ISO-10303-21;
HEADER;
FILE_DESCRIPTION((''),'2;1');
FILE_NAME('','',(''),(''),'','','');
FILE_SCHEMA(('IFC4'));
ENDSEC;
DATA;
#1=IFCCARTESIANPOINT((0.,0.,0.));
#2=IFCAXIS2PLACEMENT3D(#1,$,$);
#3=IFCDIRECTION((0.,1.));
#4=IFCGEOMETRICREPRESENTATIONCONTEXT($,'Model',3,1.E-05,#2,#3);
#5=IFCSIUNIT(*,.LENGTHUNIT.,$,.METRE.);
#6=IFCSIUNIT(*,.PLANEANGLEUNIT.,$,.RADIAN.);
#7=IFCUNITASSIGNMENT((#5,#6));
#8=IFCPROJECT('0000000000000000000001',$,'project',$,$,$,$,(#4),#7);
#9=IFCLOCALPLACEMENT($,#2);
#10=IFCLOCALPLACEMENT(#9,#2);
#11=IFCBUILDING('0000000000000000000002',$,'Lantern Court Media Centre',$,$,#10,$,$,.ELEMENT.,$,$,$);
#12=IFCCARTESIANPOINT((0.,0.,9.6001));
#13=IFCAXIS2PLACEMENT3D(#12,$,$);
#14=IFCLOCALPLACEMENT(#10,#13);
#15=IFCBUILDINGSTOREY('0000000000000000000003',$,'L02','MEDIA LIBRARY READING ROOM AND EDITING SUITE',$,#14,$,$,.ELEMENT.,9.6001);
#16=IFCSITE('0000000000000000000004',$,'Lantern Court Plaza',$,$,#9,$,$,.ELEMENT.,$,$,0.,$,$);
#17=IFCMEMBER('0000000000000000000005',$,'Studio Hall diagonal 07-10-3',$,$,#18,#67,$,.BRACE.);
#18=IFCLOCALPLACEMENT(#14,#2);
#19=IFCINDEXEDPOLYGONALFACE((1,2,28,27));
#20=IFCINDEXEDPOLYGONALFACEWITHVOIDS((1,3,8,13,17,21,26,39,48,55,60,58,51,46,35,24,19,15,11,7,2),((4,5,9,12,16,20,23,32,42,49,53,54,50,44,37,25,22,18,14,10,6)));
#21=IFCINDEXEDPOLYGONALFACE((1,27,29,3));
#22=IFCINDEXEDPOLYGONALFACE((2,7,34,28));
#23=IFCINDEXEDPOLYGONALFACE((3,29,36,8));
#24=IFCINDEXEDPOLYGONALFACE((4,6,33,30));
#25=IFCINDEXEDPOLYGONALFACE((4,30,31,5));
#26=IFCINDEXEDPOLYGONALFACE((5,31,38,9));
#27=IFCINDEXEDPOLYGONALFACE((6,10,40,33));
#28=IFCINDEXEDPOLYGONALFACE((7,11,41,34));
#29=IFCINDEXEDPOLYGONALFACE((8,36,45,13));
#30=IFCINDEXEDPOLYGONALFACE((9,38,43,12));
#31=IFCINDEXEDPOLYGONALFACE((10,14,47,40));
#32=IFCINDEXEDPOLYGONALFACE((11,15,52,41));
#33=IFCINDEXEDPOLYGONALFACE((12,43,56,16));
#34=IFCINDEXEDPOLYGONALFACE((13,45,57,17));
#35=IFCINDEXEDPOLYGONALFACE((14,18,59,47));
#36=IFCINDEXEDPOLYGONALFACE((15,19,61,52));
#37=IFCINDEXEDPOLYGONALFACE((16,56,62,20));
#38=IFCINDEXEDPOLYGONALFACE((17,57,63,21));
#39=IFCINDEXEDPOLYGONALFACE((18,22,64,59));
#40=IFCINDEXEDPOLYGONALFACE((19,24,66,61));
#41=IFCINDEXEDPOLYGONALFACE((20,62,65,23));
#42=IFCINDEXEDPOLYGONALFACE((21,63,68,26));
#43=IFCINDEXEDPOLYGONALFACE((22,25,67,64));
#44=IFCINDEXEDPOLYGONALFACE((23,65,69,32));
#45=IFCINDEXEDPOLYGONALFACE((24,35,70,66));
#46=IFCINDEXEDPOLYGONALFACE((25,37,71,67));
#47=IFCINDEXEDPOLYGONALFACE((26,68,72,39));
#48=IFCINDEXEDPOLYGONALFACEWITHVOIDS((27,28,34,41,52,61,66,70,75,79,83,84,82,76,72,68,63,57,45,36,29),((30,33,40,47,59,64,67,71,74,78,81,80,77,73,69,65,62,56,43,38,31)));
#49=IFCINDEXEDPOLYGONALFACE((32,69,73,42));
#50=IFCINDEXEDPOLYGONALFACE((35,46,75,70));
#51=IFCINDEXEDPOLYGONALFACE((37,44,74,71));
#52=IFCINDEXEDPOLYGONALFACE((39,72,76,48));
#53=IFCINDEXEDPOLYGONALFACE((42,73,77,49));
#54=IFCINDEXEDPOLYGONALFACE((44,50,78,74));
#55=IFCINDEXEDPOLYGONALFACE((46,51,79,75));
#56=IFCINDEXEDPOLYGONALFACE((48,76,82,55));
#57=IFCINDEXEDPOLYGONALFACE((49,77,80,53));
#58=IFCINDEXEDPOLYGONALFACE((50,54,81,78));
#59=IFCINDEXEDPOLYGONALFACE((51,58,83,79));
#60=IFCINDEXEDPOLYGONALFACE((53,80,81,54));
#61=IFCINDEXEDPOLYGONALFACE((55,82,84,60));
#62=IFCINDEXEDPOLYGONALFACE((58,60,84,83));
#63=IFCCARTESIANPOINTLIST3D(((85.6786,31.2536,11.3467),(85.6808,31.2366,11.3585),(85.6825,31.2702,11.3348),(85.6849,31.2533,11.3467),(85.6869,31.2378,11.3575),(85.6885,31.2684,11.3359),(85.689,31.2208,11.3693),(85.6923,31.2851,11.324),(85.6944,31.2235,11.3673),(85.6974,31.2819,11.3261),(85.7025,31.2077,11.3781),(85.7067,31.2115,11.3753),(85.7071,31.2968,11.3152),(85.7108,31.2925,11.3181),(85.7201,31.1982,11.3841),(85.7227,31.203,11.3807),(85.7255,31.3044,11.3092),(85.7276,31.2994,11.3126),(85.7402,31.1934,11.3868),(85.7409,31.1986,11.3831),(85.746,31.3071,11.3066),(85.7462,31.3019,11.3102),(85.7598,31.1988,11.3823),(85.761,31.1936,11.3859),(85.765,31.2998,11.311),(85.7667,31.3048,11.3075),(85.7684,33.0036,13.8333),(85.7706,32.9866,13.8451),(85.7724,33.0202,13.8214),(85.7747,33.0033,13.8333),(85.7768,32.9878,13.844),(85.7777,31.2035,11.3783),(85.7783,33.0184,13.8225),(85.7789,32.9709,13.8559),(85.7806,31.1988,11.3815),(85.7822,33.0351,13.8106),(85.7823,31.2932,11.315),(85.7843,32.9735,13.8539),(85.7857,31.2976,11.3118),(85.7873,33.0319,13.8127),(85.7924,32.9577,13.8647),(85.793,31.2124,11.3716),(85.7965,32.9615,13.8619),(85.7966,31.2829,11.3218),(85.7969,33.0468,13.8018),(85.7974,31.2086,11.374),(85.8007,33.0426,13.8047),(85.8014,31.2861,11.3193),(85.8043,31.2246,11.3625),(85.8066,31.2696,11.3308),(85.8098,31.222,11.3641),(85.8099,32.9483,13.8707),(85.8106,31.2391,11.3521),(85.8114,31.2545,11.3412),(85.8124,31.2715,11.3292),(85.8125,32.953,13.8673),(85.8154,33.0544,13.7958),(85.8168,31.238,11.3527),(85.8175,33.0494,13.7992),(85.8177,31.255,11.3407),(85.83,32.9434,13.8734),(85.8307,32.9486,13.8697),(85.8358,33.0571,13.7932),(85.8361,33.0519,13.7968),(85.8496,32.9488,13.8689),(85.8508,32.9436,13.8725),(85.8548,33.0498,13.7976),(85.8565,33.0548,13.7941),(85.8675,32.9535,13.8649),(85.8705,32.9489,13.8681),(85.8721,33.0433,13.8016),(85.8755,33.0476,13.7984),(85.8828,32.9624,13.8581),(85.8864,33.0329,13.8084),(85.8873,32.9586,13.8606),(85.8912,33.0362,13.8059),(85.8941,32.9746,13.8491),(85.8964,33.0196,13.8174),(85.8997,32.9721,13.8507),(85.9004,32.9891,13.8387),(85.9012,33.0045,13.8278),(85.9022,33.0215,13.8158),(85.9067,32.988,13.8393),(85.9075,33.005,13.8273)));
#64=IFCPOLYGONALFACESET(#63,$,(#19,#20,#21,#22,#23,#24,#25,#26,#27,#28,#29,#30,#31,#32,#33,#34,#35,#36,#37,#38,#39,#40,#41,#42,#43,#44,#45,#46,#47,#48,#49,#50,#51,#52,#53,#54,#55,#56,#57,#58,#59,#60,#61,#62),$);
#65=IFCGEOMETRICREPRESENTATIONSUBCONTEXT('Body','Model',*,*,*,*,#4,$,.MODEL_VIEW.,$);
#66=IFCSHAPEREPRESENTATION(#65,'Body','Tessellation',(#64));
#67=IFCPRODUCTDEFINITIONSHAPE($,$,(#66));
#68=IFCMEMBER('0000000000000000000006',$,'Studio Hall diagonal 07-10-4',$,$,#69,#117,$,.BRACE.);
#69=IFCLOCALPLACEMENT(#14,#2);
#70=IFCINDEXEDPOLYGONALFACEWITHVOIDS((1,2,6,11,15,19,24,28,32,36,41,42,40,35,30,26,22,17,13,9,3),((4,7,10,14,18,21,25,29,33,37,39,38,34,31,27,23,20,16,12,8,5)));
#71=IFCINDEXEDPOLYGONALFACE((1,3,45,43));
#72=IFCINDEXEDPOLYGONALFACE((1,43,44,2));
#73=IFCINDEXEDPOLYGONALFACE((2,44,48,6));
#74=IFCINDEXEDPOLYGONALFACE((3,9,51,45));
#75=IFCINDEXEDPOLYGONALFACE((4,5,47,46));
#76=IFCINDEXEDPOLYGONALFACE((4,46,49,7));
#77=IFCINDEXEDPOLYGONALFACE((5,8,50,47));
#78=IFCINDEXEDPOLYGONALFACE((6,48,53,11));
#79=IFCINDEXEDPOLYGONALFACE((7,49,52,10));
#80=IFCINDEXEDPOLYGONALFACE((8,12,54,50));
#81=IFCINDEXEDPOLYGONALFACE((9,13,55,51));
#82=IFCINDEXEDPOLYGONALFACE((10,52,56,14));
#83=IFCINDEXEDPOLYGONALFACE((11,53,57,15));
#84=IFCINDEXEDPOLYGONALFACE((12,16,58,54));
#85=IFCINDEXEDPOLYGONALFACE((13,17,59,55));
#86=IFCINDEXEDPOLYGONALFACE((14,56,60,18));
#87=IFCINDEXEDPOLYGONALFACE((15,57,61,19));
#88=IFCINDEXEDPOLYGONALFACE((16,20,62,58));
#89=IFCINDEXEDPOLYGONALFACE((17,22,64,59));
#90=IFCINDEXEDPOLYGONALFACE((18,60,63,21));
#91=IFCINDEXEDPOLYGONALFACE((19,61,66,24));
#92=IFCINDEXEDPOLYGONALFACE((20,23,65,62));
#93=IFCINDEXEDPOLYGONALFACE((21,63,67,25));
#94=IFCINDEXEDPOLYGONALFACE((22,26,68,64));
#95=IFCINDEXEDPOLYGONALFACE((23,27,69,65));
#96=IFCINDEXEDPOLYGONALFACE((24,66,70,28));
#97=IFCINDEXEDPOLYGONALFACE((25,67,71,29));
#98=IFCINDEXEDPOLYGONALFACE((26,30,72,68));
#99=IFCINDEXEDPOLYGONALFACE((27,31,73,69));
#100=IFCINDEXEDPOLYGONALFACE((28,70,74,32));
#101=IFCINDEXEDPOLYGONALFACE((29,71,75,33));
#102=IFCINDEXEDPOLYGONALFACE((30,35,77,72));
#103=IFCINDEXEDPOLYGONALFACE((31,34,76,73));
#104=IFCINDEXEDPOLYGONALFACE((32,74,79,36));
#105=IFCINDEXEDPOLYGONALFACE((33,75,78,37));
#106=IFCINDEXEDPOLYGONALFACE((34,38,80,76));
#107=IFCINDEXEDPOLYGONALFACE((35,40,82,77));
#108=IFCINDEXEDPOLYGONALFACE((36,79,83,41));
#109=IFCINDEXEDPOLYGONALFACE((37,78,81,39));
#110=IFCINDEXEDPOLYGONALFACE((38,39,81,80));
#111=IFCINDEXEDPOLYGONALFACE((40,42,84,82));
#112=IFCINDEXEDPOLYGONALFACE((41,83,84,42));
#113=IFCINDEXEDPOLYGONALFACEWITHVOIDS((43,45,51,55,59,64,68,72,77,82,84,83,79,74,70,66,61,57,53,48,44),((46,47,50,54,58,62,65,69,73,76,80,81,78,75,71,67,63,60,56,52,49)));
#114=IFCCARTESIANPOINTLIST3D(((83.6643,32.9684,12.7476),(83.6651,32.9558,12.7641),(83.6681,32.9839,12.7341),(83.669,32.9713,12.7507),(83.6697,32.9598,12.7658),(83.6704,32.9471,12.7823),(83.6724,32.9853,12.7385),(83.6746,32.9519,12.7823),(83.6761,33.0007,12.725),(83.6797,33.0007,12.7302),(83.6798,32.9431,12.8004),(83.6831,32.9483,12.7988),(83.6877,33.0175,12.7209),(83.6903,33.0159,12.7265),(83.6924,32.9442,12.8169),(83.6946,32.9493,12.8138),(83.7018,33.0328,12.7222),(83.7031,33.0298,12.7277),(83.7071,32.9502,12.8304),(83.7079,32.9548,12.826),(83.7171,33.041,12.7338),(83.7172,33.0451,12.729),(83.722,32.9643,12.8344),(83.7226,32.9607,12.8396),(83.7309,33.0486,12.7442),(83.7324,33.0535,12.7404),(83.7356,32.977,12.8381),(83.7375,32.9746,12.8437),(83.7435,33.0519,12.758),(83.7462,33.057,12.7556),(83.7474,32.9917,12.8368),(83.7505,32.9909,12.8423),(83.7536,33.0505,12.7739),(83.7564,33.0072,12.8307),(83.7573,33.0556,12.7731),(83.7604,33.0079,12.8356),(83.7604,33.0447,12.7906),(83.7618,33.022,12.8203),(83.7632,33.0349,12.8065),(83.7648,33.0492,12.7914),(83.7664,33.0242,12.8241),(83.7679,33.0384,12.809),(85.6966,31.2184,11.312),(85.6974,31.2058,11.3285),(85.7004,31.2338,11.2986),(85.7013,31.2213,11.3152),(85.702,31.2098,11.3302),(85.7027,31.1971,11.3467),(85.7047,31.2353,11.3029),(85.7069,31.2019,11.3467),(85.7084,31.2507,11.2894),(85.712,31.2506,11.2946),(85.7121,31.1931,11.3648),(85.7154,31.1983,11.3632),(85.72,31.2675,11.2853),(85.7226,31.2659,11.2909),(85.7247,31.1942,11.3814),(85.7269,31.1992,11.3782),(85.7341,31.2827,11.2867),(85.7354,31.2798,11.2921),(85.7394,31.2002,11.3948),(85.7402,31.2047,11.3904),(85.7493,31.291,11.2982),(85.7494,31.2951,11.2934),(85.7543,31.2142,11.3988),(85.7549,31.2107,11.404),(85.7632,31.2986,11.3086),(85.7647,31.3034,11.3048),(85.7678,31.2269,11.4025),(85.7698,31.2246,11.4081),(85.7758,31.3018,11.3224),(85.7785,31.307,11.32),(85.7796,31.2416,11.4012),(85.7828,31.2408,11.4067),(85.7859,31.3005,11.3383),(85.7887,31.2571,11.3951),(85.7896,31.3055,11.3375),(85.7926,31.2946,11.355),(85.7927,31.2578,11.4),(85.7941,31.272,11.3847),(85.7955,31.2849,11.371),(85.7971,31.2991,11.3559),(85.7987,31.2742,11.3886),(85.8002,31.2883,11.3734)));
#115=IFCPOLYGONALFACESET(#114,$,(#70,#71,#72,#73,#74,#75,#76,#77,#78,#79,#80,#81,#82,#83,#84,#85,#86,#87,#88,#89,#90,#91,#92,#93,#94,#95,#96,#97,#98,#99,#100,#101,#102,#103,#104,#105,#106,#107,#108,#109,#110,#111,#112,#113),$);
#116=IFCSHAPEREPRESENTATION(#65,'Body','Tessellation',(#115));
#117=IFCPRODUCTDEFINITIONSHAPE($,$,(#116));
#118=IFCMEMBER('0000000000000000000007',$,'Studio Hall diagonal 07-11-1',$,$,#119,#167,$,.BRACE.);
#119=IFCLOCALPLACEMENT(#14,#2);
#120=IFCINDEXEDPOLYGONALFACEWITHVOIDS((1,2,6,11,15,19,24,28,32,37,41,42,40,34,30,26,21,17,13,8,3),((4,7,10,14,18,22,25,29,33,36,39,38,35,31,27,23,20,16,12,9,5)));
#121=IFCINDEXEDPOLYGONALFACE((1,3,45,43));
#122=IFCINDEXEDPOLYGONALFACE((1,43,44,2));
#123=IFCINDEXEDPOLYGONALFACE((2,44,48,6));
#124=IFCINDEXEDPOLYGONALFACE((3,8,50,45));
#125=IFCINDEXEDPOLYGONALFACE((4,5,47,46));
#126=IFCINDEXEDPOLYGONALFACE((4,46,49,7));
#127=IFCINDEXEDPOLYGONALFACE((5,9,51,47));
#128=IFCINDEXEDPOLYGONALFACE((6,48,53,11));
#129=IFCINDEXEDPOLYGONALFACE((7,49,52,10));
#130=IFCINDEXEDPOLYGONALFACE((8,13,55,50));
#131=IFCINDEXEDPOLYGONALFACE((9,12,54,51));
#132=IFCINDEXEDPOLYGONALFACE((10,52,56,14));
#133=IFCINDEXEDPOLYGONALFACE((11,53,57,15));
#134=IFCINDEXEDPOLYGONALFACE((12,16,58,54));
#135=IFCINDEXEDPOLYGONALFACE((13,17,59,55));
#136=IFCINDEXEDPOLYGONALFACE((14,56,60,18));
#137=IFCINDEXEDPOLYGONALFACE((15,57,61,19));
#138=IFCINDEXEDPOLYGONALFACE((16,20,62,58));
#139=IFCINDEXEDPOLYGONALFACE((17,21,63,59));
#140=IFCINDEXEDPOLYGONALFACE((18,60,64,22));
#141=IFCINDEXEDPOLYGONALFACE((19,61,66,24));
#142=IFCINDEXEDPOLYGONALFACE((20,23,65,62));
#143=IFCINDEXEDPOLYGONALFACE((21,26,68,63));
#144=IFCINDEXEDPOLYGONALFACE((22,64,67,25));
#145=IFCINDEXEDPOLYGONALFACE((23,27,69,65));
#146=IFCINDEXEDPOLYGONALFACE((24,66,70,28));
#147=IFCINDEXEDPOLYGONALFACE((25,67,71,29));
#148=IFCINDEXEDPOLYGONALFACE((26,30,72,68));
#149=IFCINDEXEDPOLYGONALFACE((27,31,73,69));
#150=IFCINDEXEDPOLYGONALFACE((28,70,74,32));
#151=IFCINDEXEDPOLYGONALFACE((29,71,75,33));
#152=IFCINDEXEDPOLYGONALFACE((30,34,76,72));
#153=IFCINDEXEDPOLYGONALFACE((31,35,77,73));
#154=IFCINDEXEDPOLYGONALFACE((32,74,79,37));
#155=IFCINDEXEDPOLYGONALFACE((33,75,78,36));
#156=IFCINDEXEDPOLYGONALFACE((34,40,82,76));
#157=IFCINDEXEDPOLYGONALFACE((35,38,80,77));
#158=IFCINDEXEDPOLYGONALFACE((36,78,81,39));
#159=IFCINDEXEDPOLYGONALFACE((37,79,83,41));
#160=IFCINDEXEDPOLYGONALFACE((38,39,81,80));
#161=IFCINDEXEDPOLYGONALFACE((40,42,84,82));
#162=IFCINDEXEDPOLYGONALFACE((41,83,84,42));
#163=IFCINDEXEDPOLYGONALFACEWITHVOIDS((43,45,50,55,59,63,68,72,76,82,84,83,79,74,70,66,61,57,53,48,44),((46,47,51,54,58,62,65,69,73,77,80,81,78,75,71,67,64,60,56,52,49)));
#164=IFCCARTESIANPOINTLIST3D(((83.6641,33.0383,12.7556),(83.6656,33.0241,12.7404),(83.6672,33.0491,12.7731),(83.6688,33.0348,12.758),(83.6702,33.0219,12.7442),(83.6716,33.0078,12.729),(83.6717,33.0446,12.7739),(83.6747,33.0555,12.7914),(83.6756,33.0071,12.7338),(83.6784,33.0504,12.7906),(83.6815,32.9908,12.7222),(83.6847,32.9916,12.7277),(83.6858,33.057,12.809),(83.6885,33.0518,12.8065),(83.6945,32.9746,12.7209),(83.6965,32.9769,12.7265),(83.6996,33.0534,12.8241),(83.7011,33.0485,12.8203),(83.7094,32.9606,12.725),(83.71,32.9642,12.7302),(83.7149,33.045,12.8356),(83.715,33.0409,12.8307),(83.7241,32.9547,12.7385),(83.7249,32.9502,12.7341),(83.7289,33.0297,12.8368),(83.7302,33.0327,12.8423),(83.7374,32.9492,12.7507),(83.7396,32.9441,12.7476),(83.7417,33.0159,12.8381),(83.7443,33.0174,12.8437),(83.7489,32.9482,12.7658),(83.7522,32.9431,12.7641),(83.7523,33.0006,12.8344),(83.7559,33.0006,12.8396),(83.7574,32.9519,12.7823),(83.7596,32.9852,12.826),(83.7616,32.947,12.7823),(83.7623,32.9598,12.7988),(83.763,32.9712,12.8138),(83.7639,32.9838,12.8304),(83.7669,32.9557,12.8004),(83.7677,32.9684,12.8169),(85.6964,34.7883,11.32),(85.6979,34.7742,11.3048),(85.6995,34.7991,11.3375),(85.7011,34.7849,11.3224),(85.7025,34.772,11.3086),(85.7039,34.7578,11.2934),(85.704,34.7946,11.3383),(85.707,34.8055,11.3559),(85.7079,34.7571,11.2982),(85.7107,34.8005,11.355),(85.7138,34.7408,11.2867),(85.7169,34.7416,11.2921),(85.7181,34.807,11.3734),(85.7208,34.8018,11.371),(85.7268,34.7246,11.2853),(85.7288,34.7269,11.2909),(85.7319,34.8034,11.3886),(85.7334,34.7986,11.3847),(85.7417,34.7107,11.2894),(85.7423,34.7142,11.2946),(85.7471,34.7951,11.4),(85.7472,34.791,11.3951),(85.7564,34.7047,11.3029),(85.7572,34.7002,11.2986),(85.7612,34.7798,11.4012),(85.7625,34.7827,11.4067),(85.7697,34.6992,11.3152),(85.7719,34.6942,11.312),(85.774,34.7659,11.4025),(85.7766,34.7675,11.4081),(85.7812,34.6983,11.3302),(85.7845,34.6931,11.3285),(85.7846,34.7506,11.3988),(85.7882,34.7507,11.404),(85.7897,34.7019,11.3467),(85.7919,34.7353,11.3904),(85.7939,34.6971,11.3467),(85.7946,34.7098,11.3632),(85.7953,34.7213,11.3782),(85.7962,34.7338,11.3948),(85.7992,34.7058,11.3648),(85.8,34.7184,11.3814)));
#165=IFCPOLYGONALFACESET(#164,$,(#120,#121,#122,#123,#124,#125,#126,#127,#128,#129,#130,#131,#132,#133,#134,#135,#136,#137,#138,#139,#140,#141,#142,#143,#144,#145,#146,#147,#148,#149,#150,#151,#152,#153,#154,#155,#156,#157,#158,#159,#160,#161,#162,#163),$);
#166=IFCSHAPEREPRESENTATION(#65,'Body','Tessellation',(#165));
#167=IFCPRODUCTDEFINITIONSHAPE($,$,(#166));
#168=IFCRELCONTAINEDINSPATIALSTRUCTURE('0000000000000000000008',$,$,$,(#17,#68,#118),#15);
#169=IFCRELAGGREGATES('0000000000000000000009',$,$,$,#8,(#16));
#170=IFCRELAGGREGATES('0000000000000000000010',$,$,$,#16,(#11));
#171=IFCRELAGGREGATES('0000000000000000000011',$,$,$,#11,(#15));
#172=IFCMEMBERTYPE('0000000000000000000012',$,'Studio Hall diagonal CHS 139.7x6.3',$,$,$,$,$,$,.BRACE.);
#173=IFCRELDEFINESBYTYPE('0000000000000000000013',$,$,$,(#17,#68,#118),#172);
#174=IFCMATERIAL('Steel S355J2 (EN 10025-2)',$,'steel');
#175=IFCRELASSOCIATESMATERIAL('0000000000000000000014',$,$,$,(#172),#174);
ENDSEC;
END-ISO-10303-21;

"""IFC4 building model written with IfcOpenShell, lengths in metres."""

from ifc_helpers import new_model, si_unit, direction, frame, origin, origin_2d, place, context, subcontext, project, spatial, hollow_circle, extrude, material, material_profile, profile_set, type_object, element, save


model = new_model("IFC4")

# Units and contexts
model_context = context("Model", 3, precision=1e-05, world=origin(), true_north=direction((0.0, 1.0)))
body_context = subcontext(model_context, "Body", "Model", "MODEL_VIEW")
ifc_project = project(units=[si_unit("LENGTHUNIT", "METRE"), si_unit("PLANEANGLEUNIT", "RADIAN")], contexts=[model_context])

# Site, building, storey
site_placement = place(None, origin())
site = spatial("IfcSite", under=ifc_project, at=site_placement, Name="Lantern Court Plaza", CompositionType="ELEMENT", RefElevation=0.0)
building_placement = place(site_placement, origin())
building = spatial("IfcBuilding", under=site, at=building_placement, Name="Lantern Court Media Centre", CompositionType="ELEMENT")
storey_placement = place(building_placement, frame((0.0, 0.0, 9.6001)))
storey = spatial("IfcBuildingStorey", under=building, at=storey_placement, Name="L02", Description="MEDIA LIBRARY READING ROOM AND EDITING SUITE", CompositionType="ELEMENT", Elevation=9.6001)

# Members
ifc_material = material(Name="Steel S355J2 (EN 10025-2)", Category="steel")
ifc_material_profile_1 = material_profile(ifc_material, hollow_circle(Radius=0.0698, WallThickness=0.0063, at=origin_2d()), Name="Studio Hall diagonal CHS 139.7x6.3")
ifc_profile_set_1 = profile_set([ifc_material_profile_1], Name="Steel S355J2 (EN 10025-2)")
member_type_1 = type_object("IfcMemberType", Name="Studio Hall diagonal CHS 139.7x6.3", PredefinedType="BRACE", material=ifc_profile_set_1)
for number, where, z_axis, x_axis, name in (
    (1, (85.7483, 31.25, 11.3467), (0.029535, 0.575284, 0.81742), (-0.998685, 0.051272, 0.0), "Studio Hall diagonal 07-10-3"),
    (2, (85.7483, 31.25, 11.3467), (-0.668075, 0.575296, 0.471922), (-0.652529, -0.757764, 0.0), "Studio Hall diagonal 07-10-4"),
    (3, (85.7483, 34.75, 11.3467), (-0.668075, -0.575296, 0.471922), (0.652529, -0.757764, 0.0), "Studio Hall diagonal 07-11-1"),
):
    element("IfcMember", number, at=place(storey_placement, frame(where, z_axis=z_axis, x_axis=x_axis)), inside=storey, type_object=member_type_1, Name=name, PredefinedType="BRACE", context=body_context, shape_type="SweptSolid", body=[
        extrude(hollow_circle(Radius=0.0698, WallThickness=0.0063, at=origin_2d()), origin(), (0.0, 0.0, 1.0), 3.042),
    ])

save(model, "model.ifc")
